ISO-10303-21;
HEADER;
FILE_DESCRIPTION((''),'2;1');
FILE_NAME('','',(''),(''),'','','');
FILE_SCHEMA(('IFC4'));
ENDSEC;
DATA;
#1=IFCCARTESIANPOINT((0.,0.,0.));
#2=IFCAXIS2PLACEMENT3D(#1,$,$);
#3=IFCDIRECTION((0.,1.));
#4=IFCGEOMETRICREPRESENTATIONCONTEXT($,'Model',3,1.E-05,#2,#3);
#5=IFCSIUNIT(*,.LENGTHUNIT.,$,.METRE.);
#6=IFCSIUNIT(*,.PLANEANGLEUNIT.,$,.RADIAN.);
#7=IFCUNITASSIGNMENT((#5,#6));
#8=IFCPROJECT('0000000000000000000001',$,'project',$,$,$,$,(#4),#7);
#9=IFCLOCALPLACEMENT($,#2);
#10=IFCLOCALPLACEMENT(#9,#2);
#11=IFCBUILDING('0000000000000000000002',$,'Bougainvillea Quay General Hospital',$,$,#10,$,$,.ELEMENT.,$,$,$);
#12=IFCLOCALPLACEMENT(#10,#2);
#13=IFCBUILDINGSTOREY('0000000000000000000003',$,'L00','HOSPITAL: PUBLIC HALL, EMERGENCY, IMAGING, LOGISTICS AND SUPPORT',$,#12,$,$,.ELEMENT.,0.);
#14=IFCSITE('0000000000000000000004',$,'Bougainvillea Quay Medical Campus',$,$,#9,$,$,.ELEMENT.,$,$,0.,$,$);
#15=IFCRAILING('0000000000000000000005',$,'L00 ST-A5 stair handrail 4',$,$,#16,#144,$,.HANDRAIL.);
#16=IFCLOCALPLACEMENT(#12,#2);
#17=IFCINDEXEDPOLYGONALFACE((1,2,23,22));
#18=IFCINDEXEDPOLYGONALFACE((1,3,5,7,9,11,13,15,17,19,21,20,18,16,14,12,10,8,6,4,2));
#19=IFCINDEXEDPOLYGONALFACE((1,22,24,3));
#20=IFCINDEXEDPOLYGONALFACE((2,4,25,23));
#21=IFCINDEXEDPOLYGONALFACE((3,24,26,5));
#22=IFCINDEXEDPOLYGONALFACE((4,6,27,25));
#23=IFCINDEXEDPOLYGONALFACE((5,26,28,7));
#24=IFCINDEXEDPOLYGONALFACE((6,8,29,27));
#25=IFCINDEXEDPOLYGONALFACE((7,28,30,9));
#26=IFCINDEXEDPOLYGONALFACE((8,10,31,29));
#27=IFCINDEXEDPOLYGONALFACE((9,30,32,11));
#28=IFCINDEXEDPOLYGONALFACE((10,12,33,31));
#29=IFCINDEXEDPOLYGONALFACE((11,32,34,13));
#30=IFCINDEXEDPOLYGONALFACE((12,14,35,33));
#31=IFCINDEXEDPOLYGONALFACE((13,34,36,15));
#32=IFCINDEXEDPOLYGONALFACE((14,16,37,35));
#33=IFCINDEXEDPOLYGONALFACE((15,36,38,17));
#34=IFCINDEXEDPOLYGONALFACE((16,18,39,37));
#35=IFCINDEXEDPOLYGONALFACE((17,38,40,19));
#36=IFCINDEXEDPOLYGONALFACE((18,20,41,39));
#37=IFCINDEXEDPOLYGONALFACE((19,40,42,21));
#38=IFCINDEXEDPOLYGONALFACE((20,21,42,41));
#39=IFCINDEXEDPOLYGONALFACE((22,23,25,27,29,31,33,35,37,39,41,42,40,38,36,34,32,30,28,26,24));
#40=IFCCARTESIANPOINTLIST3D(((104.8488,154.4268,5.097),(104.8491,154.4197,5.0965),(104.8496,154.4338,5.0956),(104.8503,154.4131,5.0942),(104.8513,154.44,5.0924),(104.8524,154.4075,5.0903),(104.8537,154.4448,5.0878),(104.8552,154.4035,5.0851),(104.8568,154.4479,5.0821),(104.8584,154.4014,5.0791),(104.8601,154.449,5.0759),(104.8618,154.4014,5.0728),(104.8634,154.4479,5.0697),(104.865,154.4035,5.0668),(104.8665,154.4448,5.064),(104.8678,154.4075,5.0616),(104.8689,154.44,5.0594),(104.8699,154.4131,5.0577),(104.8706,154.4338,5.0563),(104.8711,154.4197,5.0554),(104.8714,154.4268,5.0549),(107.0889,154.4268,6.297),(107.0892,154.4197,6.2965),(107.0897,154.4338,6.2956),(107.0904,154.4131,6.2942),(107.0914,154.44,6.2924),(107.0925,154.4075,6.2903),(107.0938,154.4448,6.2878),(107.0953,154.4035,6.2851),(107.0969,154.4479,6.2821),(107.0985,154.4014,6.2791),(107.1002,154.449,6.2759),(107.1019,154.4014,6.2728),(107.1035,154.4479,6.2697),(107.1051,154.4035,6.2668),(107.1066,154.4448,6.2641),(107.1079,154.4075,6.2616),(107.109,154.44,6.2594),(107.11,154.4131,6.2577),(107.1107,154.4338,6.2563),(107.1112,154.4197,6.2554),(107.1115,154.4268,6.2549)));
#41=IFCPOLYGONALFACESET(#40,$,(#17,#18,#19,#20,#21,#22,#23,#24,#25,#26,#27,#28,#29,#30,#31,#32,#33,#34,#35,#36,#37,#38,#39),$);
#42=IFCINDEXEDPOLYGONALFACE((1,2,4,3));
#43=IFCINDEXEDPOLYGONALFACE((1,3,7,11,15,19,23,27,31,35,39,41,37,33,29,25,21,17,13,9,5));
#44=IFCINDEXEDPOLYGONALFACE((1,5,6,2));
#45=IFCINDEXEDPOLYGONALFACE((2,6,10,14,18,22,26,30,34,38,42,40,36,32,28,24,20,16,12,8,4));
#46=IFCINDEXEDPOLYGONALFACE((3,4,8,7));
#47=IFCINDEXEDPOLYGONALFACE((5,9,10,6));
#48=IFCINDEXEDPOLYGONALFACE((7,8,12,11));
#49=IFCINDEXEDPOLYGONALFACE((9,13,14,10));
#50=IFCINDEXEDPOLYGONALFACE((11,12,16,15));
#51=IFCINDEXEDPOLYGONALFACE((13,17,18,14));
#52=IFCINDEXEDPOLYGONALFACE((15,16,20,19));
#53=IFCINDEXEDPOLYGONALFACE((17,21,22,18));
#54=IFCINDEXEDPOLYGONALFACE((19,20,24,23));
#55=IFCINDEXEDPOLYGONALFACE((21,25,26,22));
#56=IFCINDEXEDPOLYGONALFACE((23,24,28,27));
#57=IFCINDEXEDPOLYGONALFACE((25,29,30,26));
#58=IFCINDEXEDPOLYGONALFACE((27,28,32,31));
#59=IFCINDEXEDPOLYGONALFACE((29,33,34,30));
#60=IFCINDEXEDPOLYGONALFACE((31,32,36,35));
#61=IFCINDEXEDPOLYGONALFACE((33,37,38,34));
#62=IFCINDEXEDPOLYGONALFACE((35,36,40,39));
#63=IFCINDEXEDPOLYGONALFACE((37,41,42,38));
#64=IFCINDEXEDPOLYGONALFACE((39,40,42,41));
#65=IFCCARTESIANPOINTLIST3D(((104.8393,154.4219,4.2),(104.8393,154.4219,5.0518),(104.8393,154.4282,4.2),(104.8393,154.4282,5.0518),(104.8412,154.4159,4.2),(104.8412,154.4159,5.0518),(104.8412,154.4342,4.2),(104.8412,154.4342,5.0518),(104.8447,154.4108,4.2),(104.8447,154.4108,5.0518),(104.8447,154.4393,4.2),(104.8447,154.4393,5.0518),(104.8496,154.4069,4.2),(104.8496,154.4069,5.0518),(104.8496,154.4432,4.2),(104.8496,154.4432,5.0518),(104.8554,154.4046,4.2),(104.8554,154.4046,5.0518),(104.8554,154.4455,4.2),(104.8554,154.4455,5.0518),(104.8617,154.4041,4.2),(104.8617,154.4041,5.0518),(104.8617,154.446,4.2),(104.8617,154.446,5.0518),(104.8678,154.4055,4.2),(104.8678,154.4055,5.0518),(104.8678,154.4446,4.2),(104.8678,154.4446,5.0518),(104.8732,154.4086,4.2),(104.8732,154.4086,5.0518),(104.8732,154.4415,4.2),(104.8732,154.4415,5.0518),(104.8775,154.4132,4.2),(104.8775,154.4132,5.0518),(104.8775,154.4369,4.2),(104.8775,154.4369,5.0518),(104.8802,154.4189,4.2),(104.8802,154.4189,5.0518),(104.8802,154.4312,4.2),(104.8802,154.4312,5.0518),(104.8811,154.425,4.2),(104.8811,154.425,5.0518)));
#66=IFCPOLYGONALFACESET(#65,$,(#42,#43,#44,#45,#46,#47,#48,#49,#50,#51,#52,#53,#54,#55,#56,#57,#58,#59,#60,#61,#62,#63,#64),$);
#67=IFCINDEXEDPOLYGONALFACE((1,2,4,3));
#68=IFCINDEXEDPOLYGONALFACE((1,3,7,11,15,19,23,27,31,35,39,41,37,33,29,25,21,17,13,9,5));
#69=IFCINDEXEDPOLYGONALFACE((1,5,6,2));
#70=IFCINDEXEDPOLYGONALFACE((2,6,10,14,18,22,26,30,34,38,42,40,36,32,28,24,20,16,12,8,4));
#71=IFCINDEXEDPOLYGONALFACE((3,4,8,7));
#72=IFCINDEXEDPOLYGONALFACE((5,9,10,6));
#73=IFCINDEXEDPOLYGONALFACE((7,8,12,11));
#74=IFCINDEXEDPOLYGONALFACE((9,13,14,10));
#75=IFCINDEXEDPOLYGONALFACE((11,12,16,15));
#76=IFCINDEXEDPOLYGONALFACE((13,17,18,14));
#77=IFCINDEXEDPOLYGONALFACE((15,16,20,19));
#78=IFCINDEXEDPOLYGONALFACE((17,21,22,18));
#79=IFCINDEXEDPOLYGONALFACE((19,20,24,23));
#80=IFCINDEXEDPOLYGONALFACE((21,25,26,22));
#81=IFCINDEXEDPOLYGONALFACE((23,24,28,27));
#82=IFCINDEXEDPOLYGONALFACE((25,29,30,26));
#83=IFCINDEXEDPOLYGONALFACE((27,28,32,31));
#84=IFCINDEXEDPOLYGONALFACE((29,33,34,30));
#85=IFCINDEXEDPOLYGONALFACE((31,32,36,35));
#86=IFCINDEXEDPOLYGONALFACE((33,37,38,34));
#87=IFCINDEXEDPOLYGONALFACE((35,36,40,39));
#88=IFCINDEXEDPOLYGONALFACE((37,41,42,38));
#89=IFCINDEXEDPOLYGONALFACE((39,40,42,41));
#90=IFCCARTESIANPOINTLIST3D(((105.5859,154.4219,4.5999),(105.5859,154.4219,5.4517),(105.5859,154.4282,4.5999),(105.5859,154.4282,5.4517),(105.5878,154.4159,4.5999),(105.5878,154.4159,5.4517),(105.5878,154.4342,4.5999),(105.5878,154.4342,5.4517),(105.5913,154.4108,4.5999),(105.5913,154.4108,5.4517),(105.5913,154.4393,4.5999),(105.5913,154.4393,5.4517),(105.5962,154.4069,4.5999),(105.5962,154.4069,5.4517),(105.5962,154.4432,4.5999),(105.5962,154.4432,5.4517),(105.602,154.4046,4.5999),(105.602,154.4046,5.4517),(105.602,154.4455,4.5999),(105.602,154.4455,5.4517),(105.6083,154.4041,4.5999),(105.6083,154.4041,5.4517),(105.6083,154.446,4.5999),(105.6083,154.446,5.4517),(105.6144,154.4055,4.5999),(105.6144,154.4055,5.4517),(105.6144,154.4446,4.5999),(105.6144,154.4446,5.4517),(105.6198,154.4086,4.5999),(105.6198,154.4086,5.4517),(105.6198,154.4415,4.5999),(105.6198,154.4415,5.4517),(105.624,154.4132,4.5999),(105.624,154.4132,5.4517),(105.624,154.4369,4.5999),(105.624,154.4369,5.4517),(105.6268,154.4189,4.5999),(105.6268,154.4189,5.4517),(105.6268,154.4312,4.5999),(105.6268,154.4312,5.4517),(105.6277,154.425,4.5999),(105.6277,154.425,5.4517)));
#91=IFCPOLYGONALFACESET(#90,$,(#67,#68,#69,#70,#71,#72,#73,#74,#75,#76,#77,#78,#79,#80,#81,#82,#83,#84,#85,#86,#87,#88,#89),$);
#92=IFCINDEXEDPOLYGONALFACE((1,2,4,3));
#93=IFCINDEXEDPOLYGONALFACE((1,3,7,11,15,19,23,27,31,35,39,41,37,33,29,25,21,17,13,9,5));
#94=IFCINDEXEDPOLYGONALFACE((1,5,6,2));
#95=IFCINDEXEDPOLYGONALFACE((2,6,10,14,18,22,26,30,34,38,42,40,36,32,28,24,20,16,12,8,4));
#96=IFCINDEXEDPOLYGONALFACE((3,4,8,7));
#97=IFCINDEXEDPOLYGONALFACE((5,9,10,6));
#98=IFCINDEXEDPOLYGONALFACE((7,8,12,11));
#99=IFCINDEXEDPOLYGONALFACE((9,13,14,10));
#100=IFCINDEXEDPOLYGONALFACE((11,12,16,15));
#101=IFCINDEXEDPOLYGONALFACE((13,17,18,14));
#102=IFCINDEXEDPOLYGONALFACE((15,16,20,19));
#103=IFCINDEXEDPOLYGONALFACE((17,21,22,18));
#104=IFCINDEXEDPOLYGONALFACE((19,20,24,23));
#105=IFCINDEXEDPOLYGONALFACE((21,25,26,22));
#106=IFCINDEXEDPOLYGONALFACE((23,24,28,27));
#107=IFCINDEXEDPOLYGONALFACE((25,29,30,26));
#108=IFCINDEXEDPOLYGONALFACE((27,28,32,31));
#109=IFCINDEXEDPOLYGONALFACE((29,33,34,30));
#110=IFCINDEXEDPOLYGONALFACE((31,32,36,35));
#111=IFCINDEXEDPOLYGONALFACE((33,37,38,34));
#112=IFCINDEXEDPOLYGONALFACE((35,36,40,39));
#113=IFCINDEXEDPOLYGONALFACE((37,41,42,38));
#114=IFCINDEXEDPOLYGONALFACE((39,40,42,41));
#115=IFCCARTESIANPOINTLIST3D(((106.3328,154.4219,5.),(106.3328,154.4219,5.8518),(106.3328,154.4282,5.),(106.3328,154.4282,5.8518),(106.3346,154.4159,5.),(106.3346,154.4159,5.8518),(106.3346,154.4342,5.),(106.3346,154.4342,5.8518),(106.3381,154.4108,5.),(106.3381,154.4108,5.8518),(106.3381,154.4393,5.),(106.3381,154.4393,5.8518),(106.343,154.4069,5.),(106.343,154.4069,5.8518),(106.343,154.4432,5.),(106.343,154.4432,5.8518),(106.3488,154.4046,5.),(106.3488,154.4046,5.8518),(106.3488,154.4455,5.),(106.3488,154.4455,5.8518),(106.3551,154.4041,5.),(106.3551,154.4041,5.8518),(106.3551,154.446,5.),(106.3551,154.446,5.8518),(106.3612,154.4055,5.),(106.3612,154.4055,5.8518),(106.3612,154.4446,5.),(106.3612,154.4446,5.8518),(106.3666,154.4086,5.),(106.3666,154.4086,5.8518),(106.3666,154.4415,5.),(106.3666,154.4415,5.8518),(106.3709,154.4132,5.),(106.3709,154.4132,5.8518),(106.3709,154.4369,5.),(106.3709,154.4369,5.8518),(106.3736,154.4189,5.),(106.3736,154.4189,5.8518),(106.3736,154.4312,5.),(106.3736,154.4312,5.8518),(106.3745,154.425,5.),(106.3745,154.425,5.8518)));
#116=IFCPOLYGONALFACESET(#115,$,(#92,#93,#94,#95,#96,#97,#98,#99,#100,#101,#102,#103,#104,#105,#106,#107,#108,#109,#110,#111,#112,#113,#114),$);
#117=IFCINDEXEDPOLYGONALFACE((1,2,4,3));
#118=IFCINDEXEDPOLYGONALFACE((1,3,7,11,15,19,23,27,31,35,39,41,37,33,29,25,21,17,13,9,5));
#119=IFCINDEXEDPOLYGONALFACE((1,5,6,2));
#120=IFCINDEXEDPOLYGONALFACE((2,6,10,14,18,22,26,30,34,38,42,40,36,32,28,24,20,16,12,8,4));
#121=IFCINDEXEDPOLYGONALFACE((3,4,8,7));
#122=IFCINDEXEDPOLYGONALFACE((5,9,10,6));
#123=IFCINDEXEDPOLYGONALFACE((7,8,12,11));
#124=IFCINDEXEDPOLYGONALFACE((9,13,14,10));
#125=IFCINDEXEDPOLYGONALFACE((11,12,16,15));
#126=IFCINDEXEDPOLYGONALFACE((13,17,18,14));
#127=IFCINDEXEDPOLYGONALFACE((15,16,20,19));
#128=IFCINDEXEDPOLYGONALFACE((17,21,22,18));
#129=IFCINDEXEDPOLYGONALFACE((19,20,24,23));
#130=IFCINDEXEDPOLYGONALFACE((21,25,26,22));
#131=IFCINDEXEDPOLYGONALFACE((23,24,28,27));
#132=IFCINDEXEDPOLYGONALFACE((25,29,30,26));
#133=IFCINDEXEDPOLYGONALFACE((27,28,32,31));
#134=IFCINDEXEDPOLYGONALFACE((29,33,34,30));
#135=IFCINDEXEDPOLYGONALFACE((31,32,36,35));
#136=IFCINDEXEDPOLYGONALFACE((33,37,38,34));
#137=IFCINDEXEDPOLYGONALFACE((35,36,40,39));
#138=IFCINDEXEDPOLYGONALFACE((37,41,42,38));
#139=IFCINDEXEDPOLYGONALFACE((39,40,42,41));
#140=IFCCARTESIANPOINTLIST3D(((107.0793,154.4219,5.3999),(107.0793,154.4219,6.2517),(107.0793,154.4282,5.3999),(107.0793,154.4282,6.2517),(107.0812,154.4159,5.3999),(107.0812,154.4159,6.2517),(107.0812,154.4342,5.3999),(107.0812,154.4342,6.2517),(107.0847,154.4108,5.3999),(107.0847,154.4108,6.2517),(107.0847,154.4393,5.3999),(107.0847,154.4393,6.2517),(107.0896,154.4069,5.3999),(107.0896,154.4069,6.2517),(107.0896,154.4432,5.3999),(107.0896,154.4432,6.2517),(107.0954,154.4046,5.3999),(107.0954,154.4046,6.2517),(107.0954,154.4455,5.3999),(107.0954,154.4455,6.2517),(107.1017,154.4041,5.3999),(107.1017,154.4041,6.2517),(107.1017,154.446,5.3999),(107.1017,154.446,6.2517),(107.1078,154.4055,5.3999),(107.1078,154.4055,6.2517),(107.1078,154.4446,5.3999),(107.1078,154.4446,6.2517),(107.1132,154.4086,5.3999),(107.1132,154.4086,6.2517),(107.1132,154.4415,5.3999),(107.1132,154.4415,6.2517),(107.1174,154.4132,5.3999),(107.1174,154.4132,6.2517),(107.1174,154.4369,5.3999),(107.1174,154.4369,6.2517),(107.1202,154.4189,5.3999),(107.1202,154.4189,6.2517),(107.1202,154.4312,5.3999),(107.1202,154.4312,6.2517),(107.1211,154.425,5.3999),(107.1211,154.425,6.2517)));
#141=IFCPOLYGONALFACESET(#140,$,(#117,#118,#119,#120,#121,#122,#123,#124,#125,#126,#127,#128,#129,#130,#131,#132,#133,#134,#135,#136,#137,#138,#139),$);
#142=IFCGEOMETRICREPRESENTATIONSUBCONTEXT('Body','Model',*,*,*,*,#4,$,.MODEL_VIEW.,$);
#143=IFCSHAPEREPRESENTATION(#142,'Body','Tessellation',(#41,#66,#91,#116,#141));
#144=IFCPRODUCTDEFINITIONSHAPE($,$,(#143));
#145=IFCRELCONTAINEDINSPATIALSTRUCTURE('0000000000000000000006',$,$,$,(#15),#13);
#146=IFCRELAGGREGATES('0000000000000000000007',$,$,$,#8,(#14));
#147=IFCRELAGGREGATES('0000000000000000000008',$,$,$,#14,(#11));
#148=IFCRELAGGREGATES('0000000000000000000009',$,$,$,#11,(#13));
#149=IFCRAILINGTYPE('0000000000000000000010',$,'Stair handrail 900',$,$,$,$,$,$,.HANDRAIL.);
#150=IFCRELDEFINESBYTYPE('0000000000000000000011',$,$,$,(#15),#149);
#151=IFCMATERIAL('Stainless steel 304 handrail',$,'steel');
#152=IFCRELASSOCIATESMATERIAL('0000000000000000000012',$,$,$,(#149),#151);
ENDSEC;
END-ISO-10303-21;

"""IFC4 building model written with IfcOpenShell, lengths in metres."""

from ifc_helpers import new_model, si_unit, direction, frame, origin, origin_2d, place, context, subcontext, project, spatial, circle, extrude, material, type_object, element, save


model = new_model("IFC4")

# Units and contexts
model_context = context("Model", 3, precision=1e-05, world=origin(), true_north=direction((0.0, 1.0)))
body_context = subcontext(model_context, "Body", "Model", "MODEL_VIEW")
ifc_project = project(units=[si_unit("LENGTHUNIT", "METRE"), si_unit("PLANEANGLEUNIT", "RADIAN")], contexts=[model_context])

# Site, building, storey
site_placement = place(None, origin())
site = spatial("IfcSite", under=ifc_project, at=site_placement, Name="Bougainvillea Quay Medical Campus", CompositionType="ELEMENT", RefElevation=0.0)
building_placement = place(site_placement, origin())
building = spatial("IfcBuilding", under=site, at=building_placement, Name="Bougainvillea Quay General Hospital", CompositionType="ELEMENT")
storey_placement = place(building_placement, origin())
storey = spatial("IfcBuildingStorey", under=building, at=storey_placement, Name="L00", Description="HOSPITAL: PUBLIC HALL, EMERGENCY, IMAGING, LOGISTICS AND SUPPORT", CompositionType="ELEMENT", Elevation=0.0)

# Railing
ifc_material_1 = material(Name="Stainless steel 304 handrail", Category="steel")
railing_type_1 = type_object("IfcRailingType", Name="Stair handrail 900", PredefinedType="HANDRAIL", material=ifc_material_1)
for number, where, name in (
    (1, (104.8601, 154.425, 4.2), "L00 ST-A5 stair handrail 4"),
):
    element("IfcRailing", number, at=place(storey_placement, frame(where)), inside=storey, type_object=railing_type_1, Name=name, PredefinedType="HANDRAIL", context=body_context, shape_type="SweptSolid", body=[
        extrude(circle(Radius=0.0239, at=origin_2d()), frame((0.0, 0.0, 0.876), z_axis=(0.881487, 0.0, 0.472208), x_axis=(0.0, 1.0, 0.0)), (0.0, 0.0, 1.0), 2.5413),
        extrude(circle(Radius=0.021, at=origin_2d()), origin(), (0.0, 0.0, 1.0), 0.8518),
        extrude(circle(Radius=0.021, at=origin_2d()), frame((0.7466, 0.0, 0.3999)), (0.0, 0.0, 1.0), 0.8518),
        extrude(circle(Radius=0.021, at=origin_2d()), frame((1.4934, 0.0, 0.8)), (0.0, 0.0, 1.0), 0.8518),
        extrude(circle(Radius=0.021, at=origin_2d()), frame((2.24, 0.0, 1.2)), (0.0, 0.0, 1.0), 0.8518),
    ])

save(model, "model.ifc")
